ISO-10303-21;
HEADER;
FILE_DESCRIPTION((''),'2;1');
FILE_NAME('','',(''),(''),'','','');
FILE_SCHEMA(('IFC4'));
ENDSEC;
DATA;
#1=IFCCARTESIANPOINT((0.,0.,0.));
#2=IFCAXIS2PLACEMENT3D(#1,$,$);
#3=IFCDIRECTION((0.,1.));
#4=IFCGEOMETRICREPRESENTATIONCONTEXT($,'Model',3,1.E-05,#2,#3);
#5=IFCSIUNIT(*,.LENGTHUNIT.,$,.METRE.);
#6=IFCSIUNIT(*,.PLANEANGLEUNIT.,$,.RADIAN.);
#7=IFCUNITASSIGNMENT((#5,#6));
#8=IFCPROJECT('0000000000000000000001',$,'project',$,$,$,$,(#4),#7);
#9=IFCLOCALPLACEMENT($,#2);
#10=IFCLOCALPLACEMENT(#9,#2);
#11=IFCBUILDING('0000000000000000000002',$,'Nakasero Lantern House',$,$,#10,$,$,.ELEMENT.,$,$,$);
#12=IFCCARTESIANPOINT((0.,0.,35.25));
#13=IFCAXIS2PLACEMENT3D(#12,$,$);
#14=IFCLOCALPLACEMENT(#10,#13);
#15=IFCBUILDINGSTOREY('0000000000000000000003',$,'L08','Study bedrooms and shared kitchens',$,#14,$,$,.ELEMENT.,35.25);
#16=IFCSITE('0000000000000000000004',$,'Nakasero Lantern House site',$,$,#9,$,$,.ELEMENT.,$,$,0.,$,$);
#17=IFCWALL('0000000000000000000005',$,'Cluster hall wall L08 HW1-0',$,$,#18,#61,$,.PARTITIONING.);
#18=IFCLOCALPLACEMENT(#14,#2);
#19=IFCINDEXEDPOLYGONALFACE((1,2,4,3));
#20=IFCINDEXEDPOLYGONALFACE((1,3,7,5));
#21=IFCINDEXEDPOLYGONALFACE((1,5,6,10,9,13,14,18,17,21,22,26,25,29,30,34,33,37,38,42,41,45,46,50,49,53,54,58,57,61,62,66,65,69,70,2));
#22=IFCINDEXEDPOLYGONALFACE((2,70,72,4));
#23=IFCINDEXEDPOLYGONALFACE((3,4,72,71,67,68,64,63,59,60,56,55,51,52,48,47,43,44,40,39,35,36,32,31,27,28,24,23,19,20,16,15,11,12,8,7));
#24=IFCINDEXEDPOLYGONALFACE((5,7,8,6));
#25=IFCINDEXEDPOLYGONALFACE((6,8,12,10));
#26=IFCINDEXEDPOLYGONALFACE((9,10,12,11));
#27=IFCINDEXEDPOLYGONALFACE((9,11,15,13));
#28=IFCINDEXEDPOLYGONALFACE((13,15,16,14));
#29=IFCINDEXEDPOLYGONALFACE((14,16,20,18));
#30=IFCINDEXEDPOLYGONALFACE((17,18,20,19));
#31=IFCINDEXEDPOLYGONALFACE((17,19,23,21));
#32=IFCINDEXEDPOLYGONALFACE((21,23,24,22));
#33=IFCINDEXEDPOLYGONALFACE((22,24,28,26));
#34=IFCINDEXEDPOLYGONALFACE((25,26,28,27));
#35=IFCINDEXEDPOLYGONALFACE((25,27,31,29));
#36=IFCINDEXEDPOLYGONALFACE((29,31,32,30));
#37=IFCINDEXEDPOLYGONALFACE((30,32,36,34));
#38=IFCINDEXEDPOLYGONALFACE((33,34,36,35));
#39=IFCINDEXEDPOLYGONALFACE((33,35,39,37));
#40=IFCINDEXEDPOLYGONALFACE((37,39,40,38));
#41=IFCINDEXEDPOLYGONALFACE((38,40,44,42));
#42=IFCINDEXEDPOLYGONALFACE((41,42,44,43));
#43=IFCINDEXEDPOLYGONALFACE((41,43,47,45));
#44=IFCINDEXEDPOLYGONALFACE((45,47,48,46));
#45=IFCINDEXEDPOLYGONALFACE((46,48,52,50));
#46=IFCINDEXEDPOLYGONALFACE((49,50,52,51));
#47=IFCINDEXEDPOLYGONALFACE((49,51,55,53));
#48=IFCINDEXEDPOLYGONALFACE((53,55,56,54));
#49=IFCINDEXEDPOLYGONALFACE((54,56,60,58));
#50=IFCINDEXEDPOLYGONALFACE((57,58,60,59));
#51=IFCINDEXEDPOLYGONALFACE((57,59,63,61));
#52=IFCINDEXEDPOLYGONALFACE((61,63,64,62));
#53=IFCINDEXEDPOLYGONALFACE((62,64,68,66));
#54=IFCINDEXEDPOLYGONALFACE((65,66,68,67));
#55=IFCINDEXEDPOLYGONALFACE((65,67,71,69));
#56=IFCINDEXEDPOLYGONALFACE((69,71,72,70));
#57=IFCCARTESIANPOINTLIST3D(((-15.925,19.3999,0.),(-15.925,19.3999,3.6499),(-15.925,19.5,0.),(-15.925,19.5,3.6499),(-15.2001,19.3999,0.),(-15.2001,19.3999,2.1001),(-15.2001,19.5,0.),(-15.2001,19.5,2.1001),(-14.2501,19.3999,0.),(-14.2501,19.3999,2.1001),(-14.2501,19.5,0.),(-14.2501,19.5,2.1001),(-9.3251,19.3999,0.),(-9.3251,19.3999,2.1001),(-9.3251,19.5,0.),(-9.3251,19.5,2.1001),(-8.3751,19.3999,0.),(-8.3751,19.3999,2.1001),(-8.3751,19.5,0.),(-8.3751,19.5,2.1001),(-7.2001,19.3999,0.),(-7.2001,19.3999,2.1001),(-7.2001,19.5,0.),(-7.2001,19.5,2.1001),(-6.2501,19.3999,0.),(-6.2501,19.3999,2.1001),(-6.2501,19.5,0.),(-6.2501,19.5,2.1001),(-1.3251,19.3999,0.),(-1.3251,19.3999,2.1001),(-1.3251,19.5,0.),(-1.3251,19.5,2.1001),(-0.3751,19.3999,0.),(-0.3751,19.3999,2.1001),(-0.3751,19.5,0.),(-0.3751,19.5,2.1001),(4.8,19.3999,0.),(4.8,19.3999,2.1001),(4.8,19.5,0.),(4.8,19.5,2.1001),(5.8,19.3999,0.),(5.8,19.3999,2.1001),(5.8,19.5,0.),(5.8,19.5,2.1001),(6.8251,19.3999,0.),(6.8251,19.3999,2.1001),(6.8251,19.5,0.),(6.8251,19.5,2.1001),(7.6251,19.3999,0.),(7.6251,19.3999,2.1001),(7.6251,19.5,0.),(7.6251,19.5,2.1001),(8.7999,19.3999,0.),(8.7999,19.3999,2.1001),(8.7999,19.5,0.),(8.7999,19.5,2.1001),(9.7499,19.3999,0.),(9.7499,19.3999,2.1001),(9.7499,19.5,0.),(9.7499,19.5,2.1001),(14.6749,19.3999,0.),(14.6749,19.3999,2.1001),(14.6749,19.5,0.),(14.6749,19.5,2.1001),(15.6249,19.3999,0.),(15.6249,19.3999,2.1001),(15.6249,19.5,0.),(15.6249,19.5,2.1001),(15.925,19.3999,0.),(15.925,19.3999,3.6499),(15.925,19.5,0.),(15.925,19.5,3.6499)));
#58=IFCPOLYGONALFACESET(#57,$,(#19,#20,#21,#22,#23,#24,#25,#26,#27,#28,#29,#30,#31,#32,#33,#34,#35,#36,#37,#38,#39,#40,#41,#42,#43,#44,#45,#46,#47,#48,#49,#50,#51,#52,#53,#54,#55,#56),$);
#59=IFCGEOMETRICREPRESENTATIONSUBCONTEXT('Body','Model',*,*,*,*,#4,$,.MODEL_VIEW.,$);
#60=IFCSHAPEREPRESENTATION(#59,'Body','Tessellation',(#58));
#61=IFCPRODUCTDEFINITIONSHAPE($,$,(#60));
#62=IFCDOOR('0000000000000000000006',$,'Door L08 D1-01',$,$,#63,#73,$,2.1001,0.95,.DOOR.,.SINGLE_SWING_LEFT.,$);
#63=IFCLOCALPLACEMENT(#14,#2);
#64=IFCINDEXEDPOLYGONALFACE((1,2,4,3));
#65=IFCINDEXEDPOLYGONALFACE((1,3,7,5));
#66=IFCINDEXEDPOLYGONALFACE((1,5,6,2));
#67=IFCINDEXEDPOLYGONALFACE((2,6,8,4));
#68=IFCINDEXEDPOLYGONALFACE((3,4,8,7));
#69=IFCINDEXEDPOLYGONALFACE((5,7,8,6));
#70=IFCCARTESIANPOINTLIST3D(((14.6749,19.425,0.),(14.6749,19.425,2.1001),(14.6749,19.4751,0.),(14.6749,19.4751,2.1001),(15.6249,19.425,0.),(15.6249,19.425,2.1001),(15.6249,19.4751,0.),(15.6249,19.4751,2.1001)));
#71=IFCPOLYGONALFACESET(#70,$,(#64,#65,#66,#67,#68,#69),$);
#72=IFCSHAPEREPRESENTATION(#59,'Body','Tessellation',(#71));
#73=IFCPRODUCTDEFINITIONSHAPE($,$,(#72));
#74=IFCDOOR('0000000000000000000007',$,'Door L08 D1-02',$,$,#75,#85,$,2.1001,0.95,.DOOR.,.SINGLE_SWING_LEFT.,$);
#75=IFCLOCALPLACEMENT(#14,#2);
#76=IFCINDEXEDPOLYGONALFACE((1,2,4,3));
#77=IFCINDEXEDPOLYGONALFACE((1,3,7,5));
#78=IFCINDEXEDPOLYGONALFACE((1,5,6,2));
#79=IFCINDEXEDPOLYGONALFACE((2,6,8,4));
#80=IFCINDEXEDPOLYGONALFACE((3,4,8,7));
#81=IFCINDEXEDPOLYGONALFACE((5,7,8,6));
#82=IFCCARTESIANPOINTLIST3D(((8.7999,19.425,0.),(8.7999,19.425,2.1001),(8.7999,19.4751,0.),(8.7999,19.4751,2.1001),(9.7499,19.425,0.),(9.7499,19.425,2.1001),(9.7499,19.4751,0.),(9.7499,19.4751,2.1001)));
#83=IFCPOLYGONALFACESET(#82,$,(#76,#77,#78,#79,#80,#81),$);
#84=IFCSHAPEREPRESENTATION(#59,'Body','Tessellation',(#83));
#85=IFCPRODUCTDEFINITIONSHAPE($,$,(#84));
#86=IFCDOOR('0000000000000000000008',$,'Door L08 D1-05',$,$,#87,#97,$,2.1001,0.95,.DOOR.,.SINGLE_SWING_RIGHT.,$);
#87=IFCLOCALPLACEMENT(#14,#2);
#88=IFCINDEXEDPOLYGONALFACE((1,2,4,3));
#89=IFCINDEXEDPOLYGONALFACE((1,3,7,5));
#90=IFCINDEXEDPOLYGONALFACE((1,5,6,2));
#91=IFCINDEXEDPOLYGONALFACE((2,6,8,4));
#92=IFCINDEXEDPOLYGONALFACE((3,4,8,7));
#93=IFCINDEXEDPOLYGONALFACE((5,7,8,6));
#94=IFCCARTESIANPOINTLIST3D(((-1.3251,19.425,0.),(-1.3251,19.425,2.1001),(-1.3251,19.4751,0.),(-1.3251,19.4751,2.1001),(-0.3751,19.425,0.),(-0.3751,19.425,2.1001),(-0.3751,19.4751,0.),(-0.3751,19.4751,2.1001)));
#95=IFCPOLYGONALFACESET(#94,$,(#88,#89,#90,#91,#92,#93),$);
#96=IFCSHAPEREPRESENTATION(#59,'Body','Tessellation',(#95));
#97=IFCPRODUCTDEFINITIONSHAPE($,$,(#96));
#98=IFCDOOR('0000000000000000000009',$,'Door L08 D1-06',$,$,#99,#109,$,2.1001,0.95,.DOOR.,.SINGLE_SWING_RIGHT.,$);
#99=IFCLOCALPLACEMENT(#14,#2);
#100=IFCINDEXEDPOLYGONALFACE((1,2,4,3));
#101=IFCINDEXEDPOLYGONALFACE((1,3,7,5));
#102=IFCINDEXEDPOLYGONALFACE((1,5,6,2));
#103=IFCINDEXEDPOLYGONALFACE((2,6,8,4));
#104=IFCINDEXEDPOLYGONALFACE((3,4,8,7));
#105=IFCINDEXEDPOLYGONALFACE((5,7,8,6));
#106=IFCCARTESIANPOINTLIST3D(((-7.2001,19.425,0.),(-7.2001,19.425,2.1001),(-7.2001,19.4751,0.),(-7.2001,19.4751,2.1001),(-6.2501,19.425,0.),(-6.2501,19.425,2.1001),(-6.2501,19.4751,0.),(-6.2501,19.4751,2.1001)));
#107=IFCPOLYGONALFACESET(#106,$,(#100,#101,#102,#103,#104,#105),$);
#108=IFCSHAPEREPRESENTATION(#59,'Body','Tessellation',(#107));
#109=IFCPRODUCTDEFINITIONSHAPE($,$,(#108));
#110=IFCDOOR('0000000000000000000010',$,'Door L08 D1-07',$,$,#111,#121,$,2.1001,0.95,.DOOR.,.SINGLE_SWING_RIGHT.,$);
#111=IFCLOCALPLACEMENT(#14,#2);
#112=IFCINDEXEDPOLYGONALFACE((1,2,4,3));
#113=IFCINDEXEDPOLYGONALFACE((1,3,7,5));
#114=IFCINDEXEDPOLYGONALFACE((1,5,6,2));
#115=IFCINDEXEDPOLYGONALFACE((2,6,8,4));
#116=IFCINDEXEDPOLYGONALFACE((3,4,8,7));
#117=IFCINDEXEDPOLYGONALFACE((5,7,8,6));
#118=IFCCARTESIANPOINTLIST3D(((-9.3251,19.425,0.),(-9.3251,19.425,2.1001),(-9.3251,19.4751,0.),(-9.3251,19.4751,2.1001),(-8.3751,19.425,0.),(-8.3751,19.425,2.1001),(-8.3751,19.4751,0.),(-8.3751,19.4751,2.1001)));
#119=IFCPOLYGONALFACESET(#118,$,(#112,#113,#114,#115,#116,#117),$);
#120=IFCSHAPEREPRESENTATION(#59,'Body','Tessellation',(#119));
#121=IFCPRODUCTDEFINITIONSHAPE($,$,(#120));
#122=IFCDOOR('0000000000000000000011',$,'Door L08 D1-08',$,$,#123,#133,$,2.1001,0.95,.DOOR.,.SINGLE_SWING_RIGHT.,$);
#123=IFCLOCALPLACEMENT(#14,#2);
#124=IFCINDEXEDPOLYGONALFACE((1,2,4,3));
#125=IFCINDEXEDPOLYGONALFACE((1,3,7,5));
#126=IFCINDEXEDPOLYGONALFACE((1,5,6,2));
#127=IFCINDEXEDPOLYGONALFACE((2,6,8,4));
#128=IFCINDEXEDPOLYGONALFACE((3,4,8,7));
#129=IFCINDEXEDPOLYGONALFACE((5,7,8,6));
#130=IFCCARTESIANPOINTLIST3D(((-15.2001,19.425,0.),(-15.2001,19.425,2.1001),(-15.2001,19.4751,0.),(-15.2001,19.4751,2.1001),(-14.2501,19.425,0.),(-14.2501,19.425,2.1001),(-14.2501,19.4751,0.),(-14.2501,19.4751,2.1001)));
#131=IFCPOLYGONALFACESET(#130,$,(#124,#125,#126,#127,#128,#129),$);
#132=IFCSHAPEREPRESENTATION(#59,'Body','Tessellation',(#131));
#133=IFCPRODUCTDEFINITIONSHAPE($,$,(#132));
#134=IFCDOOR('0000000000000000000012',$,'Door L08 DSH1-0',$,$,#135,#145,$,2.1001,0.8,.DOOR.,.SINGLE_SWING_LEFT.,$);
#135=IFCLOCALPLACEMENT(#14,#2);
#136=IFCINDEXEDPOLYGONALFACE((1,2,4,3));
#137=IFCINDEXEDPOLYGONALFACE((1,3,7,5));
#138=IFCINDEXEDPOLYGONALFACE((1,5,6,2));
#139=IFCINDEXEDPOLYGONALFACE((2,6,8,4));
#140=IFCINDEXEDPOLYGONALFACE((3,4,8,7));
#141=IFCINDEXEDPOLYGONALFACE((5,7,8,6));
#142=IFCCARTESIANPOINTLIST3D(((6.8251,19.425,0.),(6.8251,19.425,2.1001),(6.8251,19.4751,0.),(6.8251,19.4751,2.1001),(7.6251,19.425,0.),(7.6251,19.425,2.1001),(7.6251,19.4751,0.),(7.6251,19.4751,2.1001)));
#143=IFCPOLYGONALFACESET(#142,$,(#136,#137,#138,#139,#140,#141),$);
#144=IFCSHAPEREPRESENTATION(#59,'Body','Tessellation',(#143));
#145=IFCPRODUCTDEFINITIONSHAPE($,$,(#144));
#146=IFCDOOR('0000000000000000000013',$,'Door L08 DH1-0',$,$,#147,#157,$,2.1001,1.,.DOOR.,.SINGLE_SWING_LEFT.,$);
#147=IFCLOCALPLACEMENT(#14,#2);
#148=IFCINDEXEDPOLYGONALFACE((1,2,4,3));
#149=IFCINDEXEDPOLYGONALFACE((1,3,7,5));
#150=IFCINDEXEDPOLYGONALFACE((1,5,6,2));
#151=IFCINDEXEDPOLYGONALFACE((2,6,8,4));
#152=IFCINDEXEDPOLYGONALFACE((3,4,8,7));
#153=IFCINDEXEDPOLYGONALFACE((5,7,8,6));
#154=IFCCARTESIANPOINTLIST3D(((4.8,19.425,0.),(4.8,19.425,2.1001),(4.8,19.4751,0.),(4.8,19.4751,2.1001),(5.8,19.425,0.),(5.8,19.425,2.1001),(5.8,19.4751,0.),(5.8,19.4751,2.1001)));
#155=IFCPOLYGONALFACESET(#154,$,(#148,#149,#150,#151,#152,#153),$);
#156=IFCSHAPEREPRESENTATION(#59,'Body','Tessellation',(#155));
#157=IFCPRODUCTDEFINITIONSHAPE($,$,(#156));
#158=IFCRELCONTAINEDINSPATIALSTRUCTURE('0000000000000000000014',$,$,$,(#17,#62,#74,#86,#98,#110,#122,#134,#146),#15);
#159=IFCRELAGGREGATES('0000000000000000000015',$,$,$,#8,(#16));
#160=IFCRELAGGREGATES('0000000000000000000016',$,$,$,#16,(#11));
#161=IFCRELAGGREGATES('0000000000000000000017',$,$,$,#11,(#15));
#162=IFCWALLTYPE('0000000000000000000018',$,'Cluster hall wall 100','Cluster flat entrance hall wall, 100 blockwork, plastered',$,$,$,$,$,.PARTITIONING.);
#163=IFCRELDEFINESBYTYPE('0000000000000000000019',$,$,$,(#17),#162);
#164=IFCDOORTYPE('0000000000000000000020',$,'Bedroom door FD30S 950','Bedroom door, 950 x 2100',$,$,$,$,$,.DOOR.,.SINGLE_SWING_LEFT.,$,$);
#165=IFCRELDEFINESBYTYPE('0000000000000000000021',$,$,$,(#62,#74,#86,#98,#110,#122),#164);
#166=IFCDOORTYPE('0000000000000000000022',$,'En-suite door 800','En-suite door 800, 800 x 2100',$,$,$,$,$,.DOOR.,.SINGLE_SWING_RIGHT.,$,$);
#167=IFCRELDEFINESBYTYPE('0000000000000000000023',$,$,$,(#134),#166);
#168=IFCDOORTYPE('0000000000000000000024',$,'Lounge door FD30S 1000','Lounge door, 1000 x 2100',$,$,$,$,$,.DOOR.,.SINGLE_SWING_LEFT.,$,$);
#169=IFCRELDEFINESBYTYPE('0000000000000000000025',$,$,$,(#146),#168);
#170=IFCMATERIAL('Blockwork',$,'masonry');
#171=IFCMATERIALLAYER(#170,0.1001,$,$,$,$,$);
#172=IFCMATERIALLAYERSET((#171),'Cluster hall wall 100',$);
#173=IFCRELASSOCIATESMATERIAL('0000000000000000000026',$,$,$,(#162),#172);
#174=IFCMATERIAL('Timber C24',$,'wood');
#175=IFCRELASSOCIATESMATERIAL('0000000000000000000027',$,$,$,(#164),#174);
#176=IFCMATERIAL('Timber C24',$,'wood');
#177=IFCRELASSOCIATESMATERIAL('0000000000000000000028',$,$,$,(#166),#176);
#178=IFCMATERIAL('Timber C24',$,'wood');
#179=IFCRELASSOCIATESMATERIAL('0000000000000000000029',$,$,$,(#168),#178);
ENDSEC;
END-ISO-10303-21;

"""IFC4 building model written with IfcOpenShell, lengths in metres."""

from ifc_helpers import new_model, si_unit, direction, frame, frame_2d, origin, place, context, subcontext, project, spatial, rectangle, extrude, material, layer, layer_set, type_object, element, fill, save


model = new_model("IFC4")

# Units and contexts
model_context = context("Model", 3, precision=1e-05, world=origin(), true_north=direction((0.0, 1.0)))
body_context = subcontext(model_context, "Body", "Model", "MODEL_VIEW")
ifc_project = project(units=[si_unit("LENGTHUNIT", "METRE"), si_unit("PLANEANGLEUNIT", "RADIAN")], contexts=[model_context])

# Site, building, storey
site_placement = place(None, origin())
site = spatial("IfcSite", under=ifc_project, at=site_placement, Name="Nakasero Lantern House site", CompositionType="ELEMENT", RefElevation=0.0)
building_placement = place(site_placement, origin())
building = spatial("IfcBuilding", under=site, at=building_placement, Name="Nakasero Lantern House", CompositionType="ELEMENT")
storey_placement = place(building_placement, frame((0.0, 0.0, 35.25)))
storey = spatial("IfcBuildingStorey", under=building, at=storey_placement, Name="L08", Description="Study bedrooms and shared kitchens", CompositionType="ELEMENT", Elevation=35.25)

# Wall, openings, doors
ifc_material_1 = material(Name="Blockwork", Category="masonry")
ifc_layer_1 = layer(ifc_material_1, 0.1001)
ifc_layer_set_1 = layer_set([ifc_layer_1], Name="Cluster hall wall 100")
wall_type_1 = type_object("IfcWallType", Name="Cluster hall wall 100", Description="Cluster flat entrance hall wall, 100 blockwork, plastered", PredefinedType="PARTITIONING", material=ifc_layer_set_1)
wall_1_placement = place(storey_placement, frame((15.925, 19.45, 0.0), z_axis=(0.0, 0.0, 1.0), x_axis=(-1.0, 0.0, 0.0)))
wall_1 = element("IfcWall", 1, at=wall_1_placement, inside=storey, type_object=wall_type_1, Name="Cluster hall wall L08 HW1-0", PredefinedType="PARTITIONING", context=body_context, shape_type="SweptSolid", body=[
    extrude(rectangle(XDim=31.8501, YDim=0.1001, at=frame_2d((15.925, 0.0))), origin(), (0.0, 0.0, 1.0), 3.6499),
])
opening_1_placement = place(wall_1_placement, frame((10.125, 0.0, 0.0)))
opening_1 = element("IfcOpeningElement", 2, at=opening_1_placement, cuts=wall_1, PredefinedType="OPENING", context=body_context, shape_type="SweptSolid", body=[
    extrude(rectangle(XDim=1.0, YDim=2.1001, at=frame_2d((0.5, 1.05))), frame((0.0, 0.0701, 0.0), z_axis=(0.0, -1.0, 0.0), x_axis=(1.0, 0.0, 0.0)), (0.0, 0.0, 1.0), 0.1401),
])
opening_2_placement = place(wall_1_placement, frame((8.3, 0.0, 0.0)))
opening_2 = element("IfcOpeningElement", 3, at=opening_2_placement, cuts=wall_1, PredefinedType="OPENING", context=body_context, shape_type="SweptSolid", body=[
    extrude(rectangle(XDim=0.8, YDim=2.1001, at=frame_2d((0.3999, 1.05))), frame((0.0, 0.0701, 0.0), z_axis=(0.0, -1.0, 0.0), x_axis=(1.0, 0.0, 0.0)), (0.0, 0.0, 1.0), 0.1401),
])
opening_3_placement = place(wall_1_placement, frame((0.3, 0.0, 0.0)))
opening_3 = element("IfcOpeningElement", 4, at=opening_3_placement, cuts=wall_1, PredefinedType="OPENING", context=body_context, shape_type="SweptSolid", body=[
    extrude(rectangle(XDim=0.95, YDim=2.1001, at=frame_2d((0.4751, 1.05))), frame((0.0, 0.0701, 0.0), z_axis=(0.0, -1.0, 0.0), x_axis=(1.0, 0.0, 0.0)), (0.0, 0.0, 1.0), 0.1401),
])
opening_4_placement = place(wall_1_placement, frame((6.175, 0.0, 0.0)))
opening_4 = element("IfcOpeningElement", 5, at=opening_4_placement, cuts=wall_1, PredefinedType="OPENING", context=body_context, shape_type="SweptSolid", body=[
    extrude(rectangle(XDim=0.95, YDim=2.1001, at=frame_2d((0.4751, 1.05))), frame((0.0, 0.0701, 0.0), z_axis=(0.0, -1.0, 0.0), x_axis=(1.0, 0.0, 0.0)), (0.0, 0.0, 1.0), 0.1401),
])
opening_5_placement = place(wall_1_placement, frame((16.3, 0.0, 0.0)))
opening_5 = element("IfcOpeningElement", 6, at=opening_5_placement, cuts=wall_1, PredefinedType="OPENING", context=body_context, shape_type="SweptSolid", body=[
    extrude(rectangle(XDim=0.95, YDim=2.1001, at=frame_2d((0.4751, 1.05))), frame((0.0, 0.0701, 0.0), z_axis=(0.0, -1.0, 0.0), x_axis=(1.0, 0.0, 0.0)), (0.0, 0.0, 1.0), 0.1401),
])
opening_6_placement = place(wall_1_placement, frame((22.175, 0.0, 0.0)))
opening_6 = element("IfcOpeningElement", 7, at=opening_6_placement, cuts=wall_1, PredefinedType="OPENING", context=body_context, shape_type="SweptSolid", body=[
    extrude(rectangle(XDim=0.95, YDim=2.1001, at=frame_2d((0.4751, 1.05))), frame((0.0, 0.0701, 0.0), z_axis=(0.0, -1.0, 0.0), x_axis=(1.0, 0.0, 0.0)), (0.0, 0.0, 1.0), 0.1401),
])
opening_7_placement = place(wall_1_placement, frame((24.3, 0.0, 0.0)))
opening_7 = element("IfcOpeningElement", 8, at=opening_7_placement, cuts=wall_1, PredefinedType="OPENING", context=body_context, shape_type="SweptSolid", body=[
    extrude(rectangle(XDim=0.95, YDim=2.1001, at=frame_2d((0.4751, 1.05))), frame((0.0, 0.0701, 0.0), z_axis=(0.0, -1.0, 0.0), x_axis=(1.0, 0.0, 0.0)), (0.0, 0.0, 1.0), 0.1401),
])
opening_8_placement = place(wall_1_placement, frame((30.175, 0.0, 0.0)))
opening_8 = element("IfcOpeningElement", 9, at=opening_8_placement, cuts=wall_1, PredefinedType="OPENING", context=body_context, shape_type="SweptSolid", body=[
    extrude(rectangle(XDim=0.95, YDim=2.1001, at=frame_2d((0.4751, 1.05))), frame((0.0, 0.0701, 0.0), z_axis=(0.0, -1.0, 0.0), x_axis=(1.0, 0.0, 0.0)), (0.0, 0.0, 1.0), 0.1401),
])
ifc_material_2 = material(Name="Timber C24", Category="wood")
door_type_1 = type_object("IfcDoorType", Name="Bedroom door FD30S 950", Description="Bedroom door, 950 x 2100", OperationType="SINGLE_SWING_LEFT", PredefinedType="DOOR", material=ifc_material_2)
door_1_placement = place(opening_3_placement, origin())
door_1 = element("IfcDoor", 10, at=door_1_placement, inside=storey, type_object=door_type_1, Name="Door L08 D1-01", OperationType="SINGLE_SWING_LEFT", OverallHeight=2.1001, OverallWidth=0.95, PredefinedType="DOOR", context=body_context, shape_type="SweptSolid", body=[
    extrude(rectangle(XDim=0.95, YDim=2.1001, at=frame_2d((0.4751, 1.05))), frame((0.0, 0.0249, 0.0), z_axis=(0.0, -1.0, 0.0), x_axis=(1.0, 0.0, 0.0)), (0.0, 0.0, 1.0), 0.05),
])
fill(opening_3, door_1)
door_2_placement = place(opening_4_placement, origin())
door_2 = element("IfcDoor", 11, at=door_2_placement, inside=storey, type_object=door_type_1, Name="Door L08 D1-02", OperationType="SINGLE_SWING_LEFT", OverallHeight=2.1001, OverallWidth=0.95, PredefinedType="DOOR", context=body_context, shape_type="SweptSolid", body=[
    extrude(rectangle(XDim=0.95, YDim=2.1001, at=frame_2d((0.4751, 1.05))), frame((0.0, 0.0249, 0.0), z_axis=(0.0, -1.0, 0.0), x_axis=(1.0, 0.0, 0.0)), (0.0, 0.0, 1.0), 0.05),
])
fill(opening_4, door_2)
door_3_placement = place(opening_5_placement, origin())
door_3 = element("IfcDoor", 12, at=door_3_placement, inside=storey, type_object=door_type_1, Name="Door L08 D1-05", OperationType="SINGLE_SWING_RIGHT", OverallHeight=2.1001, OverallWidth=0.95, PredefinedType="DOOR", context=body_context, shape_type="SweptSolid", body=[
    extrude(rectangle(XDim=0.95, YDim=2.1001, at=frame_2d((0.4751, 1.05))), frame((0.0, 0.0249, 0.0), z_axis=(0.0, -1.0, 0.0), x_axis=(1.0, 0.0, 0.0)), (0.0, 0.0, 1.0), 0.05),
])
fill(opening_5, door_3)
door_4_placement = place(opening_6_placement, origin())
door_4 = element("IfcDoor", 13, at=door_4_placement, inside=storey, type_object=door_type_1, Name="Door L08 D1-06", OperationType="SINGLE_SWING_RIGHT", OverallHeight=2.1001, OverallWidth=0.95, PredefinedType="DOOR", context=body_context, shape_type="SweptSolid", body=[
    extrude(rectangle(XDim=0.95, YDim=2.1001, at=frame_2d((0.4751, 1.05))), frame((0.0, 0.0249, 0.0), z_axis=(0.0, -1.0, 0.0), x_axis=(1.0, 0.0, 0.0)), (0.0, 0.0, 1.0), 0.05),
])
fill(opening_6, door_4)
door_5_placement = place(opening_7_placement, origin())
door_5 = element("IfcDoor", 14, at=door_5_placement, inside=storey, type_object=door_type_1, Name="Door L08 D1-07", OperationType="SINGLE_SWING_RIGHT", OverallHeight=2.1001, OverallWidth=0.95, PredefinedType="DOOR", context=body_context, shape_type="SweptSolid", body=[
    extrude(rectangle(XDim=0.95, YDim=2.1001, at=frame_2d((0.4751, 1.05))), frame((0.0, 0.0249, 0.0), z_axis=(0.0, -1.0, 0.0), x_axis=(1.0, 0.0, 0.0)), (0.0, 0.0, 1.0), 0.05),
])
fill(opening_7, door_5)
door_6_placement = place(opening_8_placement, origin())
door_6 = element("IfcDoor", 15, at=door_6_placement, inside=storey, type_object=door_type_1, Name="Door L08 D1-08", OperationType="SINGLE_SWING_RIGHT", OverallHeight=2.1001, OverallWidth=0.95, PredefinedType="DOOR", context=body_context, shape_type="SweptSolid", body=[
    extrude(rectangle(XDim=0.95, YDim=2.1001, at=frame_2d((0.4751, 1.05))), frame((0.0, 0.0249, 0.0), z_axis=(0.0, -1.0, 0.0), x_axis=(1.0, 0.0, 0.0)), (0.0, 0.0, 1.0), 0.05),
])
fill(opening_8, door_6)
ifc_material_3 = material(Name="Timber C24", Category="wood")
door_type_2 = type_object("IfcDoorType", Name="En-suite door 800", Description="En-suite door 800, 800 x 2100", OperationType="SINGLE_SWING_RIGHT", PredefinedType="DOOR", material=ifc_material_3)
door_7_placement = place(opening_2_placement, origin())
door_7 = element("IfcDoor", 16, at=door_7_placement, inside=storey, type_object=door_type_2, Name="Door L08 DSH1-0", OperationType="SINGLE_SWING_LEFT", OverallHeight=2.1001, OverallWidth=0.8, PredefinedType="DOOR", context=body_context, shape_type="SweptSolid", body=[
    extrude(rectangle(XDim=0.8, YDim=2.1001, at=frame_2d((0.3999, 1.05))), frame((0.0, 0.0249, 0.0), z_axis=(0.0, -1.0, 0.0), x_axis=(1.0, 0.0, 0.0)), (0.0, 0.0, 1.0), 0.05),
])
fill(opening_2, door_7)
ifc_material_4 = material(Name="Timber C24", Category="wood")
door_type_3 = type_object("IfcDoorType", Name="Lounge door FD30S 1000", Description="Lounge door, 1000 x 2100", OperationType="SINGLE_SWING_LEFT", PredefinedType="DOOR", material=ifc_material_4)
door_8_placement = place(opening_1_placement, origin())
door_8 = element("IfcDoor", 17, at=door_8_placement, inside=storey, type_object=door_type_3, Name="Door L08 DH1-0", OperationType="SINGLE_SWING_LEFT", OverallHeight=2.1001, OverallWidth=1.0, PredefinedType="DOOR", context=body_context, shape_type="SweptSolid", body=[
    extrude(rectangle(XDim=1.0, YDim=2.1001, at=frame_2d((0.5, 1.05))), frame((0.0, 0.0249, 0.0), z_axis=(0.0, -1.0, 0.0), x_axis=(1.0, 0.0, 0.0)), (0.0, 0.0, 1.0), 0.05),
])
fill(opening_1, door_8)

save(model, "model.ifc")
